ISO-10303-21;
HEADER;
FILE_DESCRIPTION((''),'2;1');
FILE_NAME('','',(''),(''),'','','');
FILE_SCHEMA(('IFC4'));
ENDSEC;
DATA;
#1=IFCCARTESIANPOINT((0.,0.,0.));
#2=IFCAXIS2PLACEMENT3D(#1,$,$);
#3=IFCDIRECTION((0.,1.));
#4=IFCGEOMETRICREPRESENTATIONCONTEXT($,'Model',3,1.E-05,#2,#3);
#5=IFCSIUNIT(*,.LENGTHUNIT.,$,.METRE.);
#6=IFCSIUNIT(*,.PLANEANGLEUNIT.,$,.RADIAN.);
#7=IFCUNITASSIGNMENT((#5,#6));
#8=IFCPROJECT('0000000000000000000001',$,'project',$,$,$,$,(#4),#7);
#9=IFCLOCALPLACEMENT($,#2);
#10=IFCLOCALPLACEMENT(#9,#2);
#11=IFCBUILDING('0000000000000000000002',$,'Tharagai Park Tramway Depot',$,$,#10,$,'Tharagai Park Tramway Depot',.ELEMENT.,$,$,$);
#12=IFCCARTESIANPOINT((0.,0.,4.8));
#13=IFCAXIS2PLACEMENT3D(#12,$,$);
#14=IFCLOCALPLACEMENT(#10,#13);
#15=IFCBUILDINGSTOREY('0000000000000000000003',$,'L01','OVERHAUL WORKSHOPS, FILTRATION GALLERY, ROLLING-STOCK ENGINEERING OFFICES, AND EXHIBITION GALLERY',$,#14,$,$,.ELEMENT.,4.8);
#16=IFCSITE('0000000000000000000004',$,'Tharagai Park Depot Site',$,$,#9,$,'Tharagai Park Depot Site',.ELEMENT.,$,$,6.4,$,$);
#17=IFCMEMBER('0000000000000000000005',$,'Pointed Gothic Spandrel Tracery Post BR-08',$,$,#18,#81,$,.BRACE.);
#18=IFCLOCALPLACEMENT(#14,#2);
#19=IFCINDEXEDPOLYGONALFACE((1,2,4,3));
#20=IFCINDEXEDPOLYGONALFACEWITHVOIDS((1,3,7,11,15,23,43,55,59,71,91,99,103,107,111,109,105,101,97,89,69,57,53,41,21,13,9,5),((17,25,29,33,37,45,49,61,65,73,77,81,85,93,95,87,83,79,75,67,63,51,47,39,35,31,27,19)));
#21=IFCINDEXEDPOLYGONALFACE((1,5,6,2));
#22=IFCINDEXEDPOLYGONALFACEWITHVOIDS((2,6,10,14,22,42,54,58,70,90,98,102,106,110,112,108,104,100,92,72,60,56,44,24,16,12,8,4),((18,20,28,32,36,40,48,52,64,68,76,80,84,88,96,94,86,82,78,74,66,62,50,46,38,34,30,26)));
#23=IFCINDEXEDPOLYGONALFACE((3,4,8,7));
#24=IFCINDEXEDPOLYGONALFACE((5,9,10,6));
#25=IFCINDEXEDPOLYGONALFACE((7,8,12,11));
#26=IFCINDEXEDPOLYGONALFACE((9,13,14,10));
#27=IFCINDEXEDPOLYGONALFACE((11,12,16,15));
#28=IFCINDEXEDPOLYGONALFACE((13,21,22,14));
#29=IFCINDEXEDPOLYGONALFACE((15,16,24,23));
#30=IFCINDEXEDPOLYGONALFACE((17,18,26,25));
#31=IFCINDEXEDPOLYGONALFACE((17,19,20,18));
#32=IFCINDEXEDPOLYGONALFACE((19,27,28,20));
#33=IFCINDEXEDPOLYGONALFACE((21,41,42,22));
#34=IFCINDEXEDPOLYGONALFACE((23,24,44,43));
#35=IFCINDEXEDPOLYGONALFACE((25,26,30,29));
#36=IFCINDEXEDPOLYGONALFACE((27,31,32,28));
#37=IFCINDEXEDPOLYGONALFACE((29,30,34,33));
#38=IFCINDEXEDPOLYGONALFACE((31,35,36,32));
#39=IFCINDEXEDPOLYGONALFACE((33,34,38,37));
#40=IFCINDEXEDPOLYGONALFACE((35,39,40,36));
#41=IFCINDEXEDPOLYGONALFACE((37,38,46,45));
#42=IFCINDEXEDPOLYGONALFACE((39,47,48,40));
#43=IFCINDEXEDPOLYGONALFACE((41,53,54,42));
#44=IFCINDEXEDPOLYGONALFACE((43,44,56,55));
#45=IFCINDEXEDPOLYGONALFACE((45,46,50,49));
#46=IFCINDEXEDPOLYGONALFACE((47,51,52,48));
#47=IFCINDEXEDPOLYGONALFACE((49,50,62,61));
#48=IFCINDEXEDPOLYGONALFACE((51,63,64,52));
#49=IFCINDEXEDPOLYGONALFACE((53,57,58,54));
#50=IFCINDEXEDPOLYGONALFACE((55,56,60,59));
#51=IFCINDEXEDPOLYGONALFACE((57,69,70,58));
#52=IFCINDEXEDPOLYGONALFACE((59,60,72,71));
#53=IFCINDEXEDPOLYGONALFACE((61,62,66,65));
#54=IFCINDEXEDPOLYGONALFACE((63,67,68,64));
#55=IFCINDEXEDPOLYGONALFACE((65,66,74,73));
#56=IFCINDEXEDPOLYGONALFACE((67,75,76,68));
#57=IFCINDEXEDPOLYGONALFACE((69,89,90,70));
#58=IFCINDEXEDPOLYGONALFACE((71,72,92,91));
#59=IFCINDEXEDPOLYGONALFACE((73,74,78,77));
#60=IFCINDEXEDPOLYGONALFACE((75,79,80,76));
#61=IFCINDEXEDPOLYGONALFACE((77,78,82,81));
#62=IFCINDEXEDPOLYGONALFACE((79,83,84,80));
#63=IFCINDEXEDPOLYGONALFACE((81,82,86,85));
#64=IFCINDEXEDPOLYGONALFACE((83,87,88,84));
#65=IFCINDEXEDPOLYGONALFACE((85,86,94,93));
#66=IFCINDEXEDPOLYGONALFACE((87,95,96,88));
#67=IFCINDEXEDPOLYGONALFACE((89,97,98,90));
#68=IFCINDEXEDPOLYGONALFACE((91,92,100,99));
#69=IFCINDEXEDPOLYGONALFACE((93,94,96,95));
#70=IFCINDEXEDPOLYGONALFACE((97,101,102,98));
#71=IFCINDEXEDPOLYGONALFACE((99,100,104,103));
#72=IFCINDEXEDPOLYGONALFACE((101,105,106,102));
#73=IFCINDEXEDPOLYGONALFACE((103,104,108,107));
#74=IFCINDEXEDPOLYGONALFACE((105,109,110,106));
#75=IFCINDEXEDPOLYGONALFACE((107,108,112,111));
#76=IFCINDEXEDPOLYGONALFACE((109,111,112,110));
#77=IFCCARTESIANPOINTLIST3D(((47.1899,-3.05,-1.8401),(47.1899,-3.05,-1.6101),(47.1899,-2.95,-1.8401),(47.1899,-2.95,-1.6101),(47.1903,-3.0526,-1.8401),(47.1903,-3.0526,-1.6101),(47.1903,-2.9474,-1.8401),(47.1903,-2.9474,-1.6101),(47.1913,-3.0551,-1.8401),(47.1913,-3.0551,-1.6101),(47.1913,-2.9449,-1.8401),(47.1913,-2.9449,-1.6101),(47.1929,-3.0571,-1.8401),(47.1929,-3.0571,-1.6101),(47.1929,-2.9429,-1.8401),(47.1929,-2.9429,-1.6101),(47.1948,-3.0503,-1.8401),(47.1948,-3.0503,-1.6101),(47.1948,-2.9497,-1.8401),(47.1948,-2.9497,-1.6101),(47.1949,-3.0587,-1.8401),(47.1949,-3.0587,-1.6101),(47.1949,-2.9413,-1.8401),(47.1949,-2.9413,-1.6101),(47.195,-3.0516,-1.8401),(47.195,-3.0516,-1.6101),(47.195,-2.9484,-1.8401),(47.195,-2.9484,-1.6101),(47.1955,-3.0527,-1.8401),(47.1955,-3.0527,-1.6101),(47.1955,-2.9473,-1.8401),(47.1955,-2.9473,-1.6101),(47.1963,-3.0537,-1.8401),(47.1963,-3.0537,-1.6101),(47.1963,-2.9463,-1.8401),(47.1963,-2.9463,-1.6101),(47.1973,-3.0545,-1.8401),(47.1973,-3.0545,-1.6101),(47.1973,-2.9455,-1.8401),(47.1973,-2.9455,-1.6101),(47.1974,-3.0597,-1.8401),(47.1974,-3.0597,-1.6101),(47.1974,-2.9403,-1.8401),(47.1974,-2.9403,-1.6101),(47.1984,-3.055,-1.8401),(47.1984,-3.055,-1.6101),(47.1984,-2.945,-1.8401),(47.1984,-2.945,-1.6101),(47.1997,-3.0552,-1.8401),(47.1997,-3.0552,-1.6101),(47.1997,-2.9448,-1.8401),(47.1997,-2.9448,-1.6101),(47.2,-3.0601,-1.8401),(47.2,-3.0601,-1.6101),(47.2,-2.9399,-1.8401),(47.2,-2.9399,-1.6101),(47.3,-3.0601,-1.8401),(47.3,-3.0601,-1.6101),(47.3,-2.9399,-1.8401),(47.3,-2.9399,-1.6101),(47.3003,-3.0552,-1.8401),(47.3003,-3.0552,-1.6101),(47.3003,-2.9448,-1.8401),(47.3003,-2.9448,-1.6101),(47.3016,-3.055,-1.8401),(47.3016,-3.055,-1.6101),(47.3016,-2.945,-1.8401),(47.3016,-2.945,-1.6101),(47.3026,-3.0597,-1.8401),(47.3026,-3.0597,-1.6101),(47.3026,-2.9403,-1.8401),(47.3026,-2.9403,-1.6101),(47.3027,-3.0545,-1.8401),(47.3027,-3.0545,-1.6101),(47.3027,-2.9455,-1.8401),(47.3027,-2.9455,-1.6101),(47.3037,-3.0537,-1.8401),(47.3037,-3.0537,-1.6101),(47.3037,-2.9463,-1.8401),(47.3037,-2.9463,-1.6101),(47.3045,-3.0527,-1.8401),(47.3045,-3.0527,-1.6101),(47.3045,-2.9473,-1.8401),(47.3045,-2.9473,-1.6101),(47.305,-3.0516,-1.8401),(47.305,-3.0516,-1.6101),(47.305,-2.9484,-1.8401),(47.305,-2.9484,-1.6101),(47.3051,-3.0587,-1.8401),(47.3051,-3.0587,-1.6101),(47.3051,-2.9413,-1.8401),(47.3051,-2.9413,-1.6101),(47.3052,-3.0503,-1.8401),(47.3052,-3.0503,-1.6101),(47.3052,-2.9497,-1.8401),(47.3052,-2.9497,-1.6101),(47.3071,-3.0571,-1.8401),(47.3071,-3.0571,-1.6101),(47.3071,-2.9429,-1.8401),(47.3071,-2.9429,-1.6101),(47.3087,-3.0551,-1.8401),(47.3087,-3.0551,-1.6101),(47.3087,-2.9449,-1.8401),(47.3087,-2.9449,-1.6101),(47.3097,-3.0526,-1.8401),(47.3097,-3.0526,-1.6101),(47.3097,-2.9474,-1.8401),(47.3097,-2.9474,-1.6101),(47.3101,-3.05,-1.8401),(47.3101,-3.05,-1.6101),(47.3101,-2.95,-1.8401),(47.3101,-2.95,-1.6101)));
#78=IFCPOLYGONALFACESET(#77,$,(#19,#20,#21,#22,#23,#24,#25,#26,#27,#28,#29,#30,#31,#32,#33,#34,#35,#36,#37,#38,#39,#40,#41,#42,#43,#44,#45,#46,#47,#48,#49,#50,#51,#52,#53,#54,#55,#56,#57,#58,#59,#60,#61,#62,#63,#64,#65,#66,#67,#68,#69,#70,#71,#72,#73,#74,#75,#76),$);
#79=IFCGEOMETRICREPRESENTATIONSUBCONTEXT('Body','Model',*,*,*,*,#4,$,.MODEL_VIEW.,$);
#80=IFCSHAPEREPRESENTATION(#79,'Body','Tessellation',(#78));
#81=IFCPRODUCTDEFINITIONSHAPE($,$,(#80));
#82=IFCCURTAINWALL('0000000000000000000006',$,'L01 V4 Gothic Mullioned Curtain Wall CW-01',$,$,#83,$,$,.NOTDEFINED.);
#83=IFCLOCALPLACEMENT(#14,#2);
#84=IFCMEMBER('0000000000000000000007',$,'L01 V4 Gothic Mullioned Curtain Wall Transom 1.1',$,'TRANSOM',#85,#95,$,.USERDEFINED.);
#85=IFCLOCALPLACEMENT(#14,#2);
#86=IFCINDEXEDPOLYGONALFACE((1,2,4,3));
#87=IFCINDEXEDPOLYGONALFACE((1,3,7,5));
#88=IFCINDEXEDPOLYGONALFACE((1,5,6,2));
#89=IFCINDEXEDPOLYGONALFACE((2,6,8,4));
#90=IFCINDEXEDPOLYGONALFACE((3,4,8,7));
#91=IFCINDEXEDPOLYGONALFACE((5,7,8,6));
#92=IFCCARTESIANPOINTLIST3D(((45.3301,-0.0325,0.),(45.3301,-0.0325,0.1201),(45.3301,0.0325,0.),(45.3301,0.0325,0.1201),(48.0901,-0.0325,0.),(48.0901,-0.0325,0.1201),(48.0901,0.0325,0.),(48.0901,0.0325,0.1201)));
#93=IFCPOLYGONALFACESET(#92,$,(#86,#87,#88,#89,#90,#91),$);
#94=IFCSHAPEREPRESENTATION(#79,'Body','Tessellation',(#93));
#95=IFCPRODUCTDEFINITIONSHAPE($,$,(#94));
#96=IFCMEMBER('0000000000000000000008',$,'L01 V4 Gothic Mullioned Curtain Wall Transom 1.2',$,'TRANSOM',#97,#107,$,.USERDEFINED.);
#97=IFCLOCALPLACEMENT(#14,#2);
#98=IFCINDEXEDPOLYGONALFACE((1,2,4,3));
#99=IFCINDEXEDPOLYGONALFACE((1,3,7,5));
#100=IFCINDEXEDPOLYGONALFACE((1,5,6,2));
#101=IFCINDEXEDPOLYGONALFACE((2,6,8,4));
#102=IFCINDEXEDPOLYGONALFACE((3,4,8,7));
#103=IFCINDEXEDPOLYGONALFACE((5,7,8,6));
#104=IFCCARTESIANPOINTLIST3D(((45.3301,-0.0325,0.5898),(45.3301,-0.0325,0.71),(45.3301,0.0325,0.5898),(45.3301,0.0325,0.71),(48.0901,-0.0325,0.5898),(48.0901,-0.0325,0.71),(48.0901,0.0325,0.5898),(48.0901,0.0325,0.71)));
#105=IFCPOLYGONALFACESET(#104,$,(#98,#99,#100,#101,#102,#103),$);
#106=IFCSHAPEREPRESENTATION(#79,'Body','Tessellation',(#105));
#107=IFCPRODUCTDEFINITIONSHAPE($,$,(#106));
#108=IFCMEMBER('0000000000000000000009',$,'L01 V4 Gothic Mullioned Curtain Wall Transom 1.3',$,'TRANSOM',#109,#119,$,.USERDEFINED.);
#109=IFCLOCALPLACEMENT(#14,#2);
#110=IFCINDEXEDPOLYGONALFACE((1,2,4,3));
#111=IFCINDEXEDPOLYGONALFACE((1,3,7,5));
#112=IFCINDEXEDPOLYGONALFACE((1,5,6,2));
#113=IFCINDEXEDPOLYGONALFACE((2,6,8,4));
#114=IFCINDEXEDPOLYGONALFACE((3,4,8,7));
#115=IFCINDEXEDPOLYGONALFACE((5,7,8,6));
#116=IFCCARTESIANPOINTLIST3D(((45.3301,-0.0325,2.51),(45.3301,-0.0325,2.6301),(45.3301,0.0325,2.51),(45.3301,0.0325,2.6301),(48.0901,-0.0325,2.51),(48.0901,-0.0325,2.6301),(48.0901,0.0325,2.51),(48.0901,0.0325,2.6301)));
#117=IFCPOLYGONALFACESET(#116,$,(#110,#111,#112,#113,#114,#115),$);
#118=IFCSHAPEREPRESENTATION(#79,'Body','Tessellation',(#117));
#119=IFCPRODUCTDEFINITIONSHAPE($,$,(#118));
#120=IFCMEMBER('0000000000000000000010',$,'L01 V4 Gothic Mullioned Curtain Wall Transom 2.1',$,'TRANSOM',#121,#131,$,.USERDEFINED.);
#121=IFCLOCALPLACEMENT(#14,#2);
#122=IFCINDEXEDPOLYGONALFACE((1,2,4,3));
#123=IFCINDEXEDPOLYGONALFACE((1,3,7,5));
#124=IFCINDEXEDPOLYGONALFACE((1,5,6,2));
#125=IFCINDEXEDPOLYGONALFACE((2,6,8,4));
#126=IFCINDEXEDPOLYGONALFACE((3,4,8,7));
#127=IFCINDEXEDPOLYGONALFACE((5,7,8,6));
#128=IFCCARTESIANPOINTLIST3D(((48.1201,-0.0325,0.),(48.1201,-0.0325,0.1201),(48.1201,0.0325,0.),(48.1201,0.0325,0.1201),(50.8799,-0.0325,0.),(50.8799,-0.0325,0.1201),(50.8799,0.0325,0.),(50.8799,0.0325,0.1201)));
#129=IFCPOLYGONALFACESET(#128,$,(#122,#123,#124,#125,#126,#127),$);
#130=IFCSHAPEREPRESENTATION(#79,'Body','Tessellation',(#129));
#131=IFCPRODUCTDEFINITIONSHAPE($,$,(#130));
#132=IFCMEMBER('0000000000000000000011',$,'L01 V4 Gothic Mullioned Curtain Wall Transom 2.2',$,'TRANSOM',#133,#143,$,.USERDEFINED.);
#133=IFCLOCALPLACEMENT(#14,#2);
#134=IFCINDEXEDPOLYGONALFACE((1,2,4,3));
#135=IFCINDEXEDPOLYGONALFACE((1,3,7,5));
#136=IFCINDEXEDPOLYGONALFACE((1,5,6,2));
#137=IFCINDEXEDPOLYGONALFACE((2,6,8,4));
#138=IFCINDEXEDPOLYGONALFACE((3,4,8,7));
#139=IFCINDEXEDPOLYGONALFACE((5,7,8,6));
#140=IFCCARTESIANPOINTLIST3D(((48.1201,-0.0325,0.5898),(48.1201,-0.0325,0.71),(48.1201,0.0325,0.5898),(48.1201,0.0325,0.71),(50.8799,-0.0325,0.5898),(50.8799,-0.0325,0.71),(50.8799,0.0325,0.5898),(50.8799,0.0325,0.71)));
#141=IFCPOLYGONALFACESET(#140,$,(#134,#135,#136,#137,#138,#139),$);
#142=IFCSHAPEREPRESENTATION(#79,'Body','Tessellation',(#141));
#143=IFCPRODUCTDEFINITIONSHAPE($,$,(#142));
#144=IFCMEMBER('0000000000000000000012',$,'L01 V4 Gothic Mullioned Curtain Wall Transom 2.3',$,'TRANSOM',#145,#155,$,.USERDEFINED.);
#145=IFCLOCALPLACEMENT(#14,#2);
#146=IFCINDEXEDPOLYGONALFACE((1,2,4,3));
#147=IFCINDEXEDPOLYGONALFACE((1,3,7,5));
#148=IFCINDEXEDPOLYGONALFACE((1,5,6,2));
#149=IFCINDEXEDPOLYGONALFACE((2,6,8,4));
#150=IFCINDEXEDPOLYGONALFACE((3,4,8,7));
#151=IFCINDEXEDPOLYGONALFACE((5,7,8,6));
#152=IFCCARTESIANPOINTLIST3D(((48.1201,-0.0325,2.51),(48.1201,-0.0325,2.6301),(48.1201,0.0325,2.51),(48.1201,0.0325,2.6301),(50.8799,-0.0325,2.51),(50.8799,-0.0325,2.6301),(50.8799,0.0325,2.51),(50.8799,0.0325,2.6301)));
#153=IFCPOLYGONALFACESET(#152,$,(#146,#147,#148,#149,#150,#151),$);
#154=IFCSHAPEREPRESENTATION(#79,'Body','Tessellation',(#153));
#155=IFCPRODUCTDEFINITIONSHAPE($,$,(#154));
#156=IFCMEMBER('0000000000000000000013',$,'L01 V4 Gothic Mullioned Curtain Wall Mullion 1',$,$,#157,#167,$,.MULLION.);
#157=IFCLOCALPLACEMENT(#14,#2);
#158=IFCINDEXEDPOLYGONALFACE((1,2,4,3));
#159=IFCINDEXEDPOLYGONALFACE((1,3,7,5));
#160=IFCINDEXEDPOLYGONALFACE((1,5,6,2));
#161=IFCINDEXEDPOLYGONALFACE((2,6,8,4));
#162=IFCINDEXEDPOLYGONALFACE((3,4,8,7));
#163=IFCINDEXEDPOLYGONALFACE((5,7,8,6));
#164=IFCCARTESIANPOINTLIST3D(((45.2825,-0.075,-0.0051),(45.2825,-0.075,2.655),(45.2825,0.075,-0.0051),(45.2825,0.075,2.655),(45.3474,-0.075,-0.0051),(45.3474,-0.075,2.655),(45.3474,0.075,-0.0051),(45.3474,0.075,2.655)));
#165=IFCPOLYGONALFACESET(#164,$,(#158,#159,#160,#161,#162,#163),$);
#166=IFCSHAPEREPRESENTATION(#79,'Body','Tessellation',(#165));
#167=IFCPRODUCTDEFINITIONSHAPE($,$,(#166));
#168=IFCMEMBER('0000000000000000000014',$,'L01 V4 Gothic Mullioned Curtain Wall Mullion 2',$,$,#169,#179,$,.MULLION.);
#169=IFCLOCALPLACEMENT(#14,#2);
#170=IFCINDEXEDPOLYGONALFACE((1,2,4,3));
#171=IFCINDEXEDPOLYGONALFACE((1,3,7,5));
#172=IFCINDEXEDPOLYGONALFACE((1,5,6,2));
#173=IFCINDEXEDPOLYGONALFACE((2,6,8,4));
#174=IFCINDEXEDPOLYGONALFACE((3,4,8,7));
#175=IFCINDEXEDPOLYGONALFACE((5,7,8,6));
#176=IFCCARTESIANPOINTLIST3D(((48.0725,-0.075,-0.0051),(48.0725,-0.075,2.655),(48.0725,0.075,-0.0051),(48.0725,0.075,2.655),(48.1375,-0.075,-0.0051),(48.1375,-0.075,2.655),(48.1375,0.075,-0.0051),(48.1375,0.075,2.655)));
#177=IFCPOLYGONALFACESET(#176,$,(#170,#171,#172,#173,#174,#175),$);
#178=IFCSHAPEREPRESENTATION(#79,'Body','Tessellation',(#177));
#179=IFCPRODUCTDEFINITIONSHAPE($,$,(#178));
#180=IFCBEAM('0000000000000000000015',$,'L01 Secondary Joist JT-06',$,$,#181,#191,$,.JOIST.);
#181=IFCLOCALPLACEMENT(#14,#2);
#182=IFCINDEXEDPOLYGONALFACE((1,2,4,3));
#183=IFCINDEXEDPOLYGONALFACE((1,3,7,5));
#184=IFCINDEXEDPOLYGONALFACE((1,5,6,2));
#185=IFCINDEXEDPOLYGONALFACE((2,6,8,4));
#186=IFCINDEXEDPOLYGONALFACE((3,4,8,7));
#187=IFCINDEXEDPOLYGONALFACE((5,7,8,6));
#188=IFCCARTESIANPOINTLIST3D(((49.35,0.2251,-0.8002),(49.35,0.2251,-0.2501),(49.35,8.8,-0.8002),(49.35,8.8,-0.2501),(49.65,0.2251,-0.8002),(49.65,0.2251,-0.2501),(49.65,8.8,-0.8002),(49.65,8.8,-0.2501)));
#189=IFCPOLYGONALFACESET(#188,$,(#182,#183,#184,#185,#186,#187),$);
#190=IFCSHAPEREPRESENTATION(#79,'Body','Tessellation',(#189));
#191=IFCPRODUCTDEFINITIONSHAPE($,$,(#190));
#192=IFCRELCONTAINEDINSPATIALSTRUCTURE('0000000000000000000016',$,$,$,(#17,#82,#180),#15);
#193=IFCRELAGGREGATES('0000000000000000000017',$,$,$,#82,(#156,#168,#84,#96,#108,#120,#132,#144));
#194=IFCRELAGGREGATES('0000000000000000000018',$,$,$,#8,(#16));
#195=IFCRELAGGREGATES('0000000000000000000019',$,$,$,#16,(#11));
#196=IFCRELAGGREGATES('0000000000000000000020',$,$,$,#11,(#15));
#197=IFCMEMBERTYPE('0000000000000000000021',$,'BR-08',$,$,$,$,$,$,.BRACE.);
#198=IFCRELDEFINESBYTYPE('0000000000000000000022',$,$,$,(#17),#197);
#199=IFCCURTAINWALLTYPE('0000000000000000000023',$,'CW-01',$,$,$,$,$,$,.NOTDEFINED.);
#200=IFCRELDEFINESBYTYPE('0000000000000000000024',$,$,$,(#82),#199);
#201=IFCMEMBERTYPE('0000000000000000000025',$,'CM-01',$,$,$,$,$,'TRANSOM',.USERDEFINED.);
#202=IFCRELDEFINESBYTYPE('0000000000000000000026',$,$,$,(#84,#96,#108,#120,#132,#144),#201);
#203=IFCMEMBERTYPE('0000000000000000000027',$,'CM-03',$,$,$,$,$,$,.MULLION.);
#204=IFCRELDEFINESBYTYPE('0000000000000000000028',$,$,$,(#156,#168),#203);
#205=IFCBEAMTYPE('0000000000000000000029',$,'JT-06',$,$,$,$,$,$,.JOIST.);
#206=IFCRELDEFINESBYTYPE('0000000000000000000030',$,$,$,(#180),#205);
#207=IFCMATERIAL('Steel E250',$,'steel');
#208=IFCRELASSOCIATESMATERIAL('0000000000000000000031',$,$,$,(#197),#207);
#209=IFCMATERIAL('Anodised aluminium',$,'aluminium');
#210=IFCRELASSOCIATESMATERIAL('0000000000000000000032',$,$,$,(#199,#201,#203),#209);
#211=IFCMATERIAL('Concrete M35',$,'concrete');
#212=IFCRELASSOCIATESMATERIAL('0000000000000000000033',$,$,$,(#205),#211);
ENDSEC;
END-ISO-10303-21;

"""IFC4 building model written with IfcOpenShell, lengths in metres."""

from ifc_helpers import new_model, si_unit, direction, frame, origin, origin_2d, place, context, subcontext, project, spatial, rectangle, hollow_rectangle, extrude, material, material_profile, profile_set, type_object, element, aggregate, save


model = new_model("IFC4")

# Units and contexts
model_context = context("Model", 3, precision=1e-05, world=origin(), true_north=direction((0.0, 1.0)))
body_context = subcontext(model_context, "Body", "Model", "MODEL_VIEW")
ifc_project = project(units=[si_unit("LENGTHUNIT", "METRE"), si_unit("PLANEANGLEUNIT", "RADIAN")], contexts=[model_context])

# Site, building, storey
site_placement = place(None, origin())
site = spatial("IfcSite", under=ifc_project, at=site_placement, Name="Tharagai Park Depot Site", LongName="Tharagai Park Depot Site", CompositionType="ELEMENT", RefElevation=6.4)
building_placement = place(site_placement, origin())
building = spatial("IfcBuilding", under=site, at=building_placement, Name="Tharagai Park Tramway Depot", LongName="Tharagai Park Tramway Depot", CompositionType="ELEMENT")
storey_placement = place(building_placement, frame((0.0, 0.0, 4.8)))
storey = spatial("IfcBuildingStorey", under=building, at=storey_placement, Name="L01", Description="OVERHAUL WORKSHOPS, FILTRATION GALLERY, ROLLING-STOCK ENGINEERING OFFICES, AND EXHIBITION GALLERY", CompositionType="ELEMENT", Elevation=4.8)

# Shared definitions
ifc_material_1 = material(Name="Concrete M35", Category="concrete")

# Member
ifc_material_2 = material(Name="Steel E250", Category="steel")
ifc_material_profile_1 = material_profile(ifc_material_2, hollow_rectangle(XDim=0.1201, YDim=0.1201, WallThickness=0.0049, InnerFilletRadius=0.0049, OuterFilletRadius=0.01, at=origin_2d()), Name="SHS 120x120x5")
ifc_profile_set_1 = profile_set([ifc_material_profile_1], Name="Steel E250")
member_type_1 = type_object("IfcMemberType", Name="BR-08", PredefinedType="BRACE", material=ifc_profile_set_1)
for number, where, z_axis, x_axis, name in (
    (1, (47.25, -3.0, -1.8401), (0.0, 0.0, 1.0), (1.0, 0.0, 0.0), "Pointed Gothic Spandrel Tracery Post BR-08"),
):
    element("IfcMember", number, at=place(storey_placement, frame(where, z_axis=z_axis, x_axis=x_axis)), inside=storey, type_object=member_type_1, Name=name, PredefinedType="BRACE", context=body_context, shape_type="SweptSolid", body=[
        extrude(hollow_rectangle(XDim=0.1201, YDim=0.1201, WallThickness=0.0049, InnerFilletRadius=0.0049, OuterFilletRadius=0.01, at=origin_2d()), origin(), (0.0, 0.0, 1.0), 0.23),
    ])

# Curtain wall, members
ifc_material_3 = material(Name="Anodised aluminium", Category="aluminium")
curtain_wall_type = type_object("IfcCurtainWallType", Name="CW-01", PredefinedType="NOTDEFINED", material=ifc_material_3)
curtain_wall_placement = place(storey_placement, origin())
curtain_wall = element("IfcCurtainWall", 2, at=curtain_wall_placement, inside=storey, type_object=curtain_wall_type, Name="L01 V4 Gothic Mullioned Curtain Wall CW-01", PredefinedType="NOTDEFINED")
ifc_material_profile_2 = material_profile(ifc_material_3, rectangle(XDim=0.0649, YDim=0.1201, at=origin_2d()), Name="ALU 65x120")
ifc_profile_set_2 = profile_set([ifc_material_profile_2], Name="Anodised aluminium")
member_type_2 = type_object("IfcMemberType", Name="CM-01", ElementType="TRANSOM", PredefinedType="USERDEFINED", material=ifc_profile_set_2)
member_1_placement = place(storey_placement, frame((45.3301, 0.0, 0.0601), z_axis=(1.0, 0.0, 0.0), x_axis=(0.0, 1.0, 0.0)))
member_1 = element("IfcMember", 3, at=member_1_placement, type_object=member_type_2, Name="L01 V4 Gothic Mullioned Curtain Wall Transom 1.1", ObjectType="TRANSOM", PredefinedType="USERDEFINED", context=body_context, shape_type="SweptSolid", body=[
    extrude(rectangle(XDim=0.0649, YDim=0.1201, at=origin_2d()), origin(), (0.0, 0.0, 1.0), 2.76),
])
member_2_placement = place(storey_placement, frame((45.3301, 0.0, 0.6499), z_axis=(1.0, 0.0, 0.0), x_axis=(0.0, 1.0, 0.0)))
member_2 = element("IfcMember", 4, at=member_2_placement, type_object=member_type_2, Name="L01 V4 Gothic Mullioned Curtain Wall Transom 1.2", ObjectType="TRANSOM", PredefinedType="USERDEFINED", context=body_context, shape_type="SweptSolid", body=[
    extrude(rectangle(XDim=0.0649, YDim=0.1201, at=origin_2d()), origin(), (0.0, 0.0, 1.0), 2.76),
])
member_3_placement = place(storey_placement, frame((45.3301, 0.0, 2.5701), z_axis=(1.0, 0.0, 0.0), x_axis=(0.0, 1.0, 0.0)))
member_3 = element("IfcMember", 5, at=member_3_placement, type_object=member_type_2, Name="L01 V4 Gothic Mullioned Curtain Wall Transom 1.3", ObjectType="TRANSOM", PredefinedType="USERDEFINED", context=body_context, shape_type="SweptSolid", body=[
    extrude(rectangle(XDim=0.0649, YDim=0.1201, at=origin_2d()), origin(), (0.0, 0.0, 1.0), 2.76),
])
member_4_placement = place(storey_placement, frame((48.1201, 0.0, 0.0601), z_axis=(1.0, 0.0, 0.0), x_axis=(0.0, 1.0, 0.0)))
member_4 = element("IfcMember", 6, at=member_4_placement, type_object=member_type_2, Name="L01 V4 Gothic Mullioned Curtain Wall Transom 2.1", ObjectType="TRANSOM", PredefinedType="USERDEFINED", context=body_context, shape_type="SweptSolid", body=[
    extrude(rectangle(XDim=0.0649, YDim=0.1201, at=origin_2d()), origin(), (0.0, 0.0, 1.0), 2.7598),
])
member_5_placement = place(storey_placement, frame((48.1201, 0.0, 0.6499), z_axis=(1.0, 0.0, 0.0), x_axis=(0.0, 1.0, 0.0)))
member_5 = element("IfcMember", 7, at=member_5_placement, type_object=member_type_2, Name="L01 V4 Gothic Mullioned Curtain Wall Transom 2.2", ObjectType="TRANSOM", PredefinedType="USERDEFINED", context=body_context, shape_type="SweptSolid", body=[
    extrude(rectangle(XDim=0.0649, YDim=0.1201, at=origin_2d()), origin(), (0.0, 0.0, 1.0), 2.7598),
])
member_6_placement = place(storey_placement, frame((48.1201, 0.0, 2.5701), z_axis=(1.0, 0.0, 0.0), x_axis=(0.0, 1.0, 0.0)))
member_6 = element("IfcMember", 8, at=member_6_placement, type_object=member_type_2, Name="L01 V4 Gothic Mullioned Curtain Wall Transom 2.3", ObjectType="TRANSOM", PredefinedType="USERDEFINED", context=body_context, shape_type="SweptSolid", body=[
    extrude(rectangle(XDim=0.0649, YDim=0.1201, at=origin_2d()), origin(), (0.0, 0.0, 1.0), 2.7598),
])
ifc_material_profile_3 = material_profile(ifc_material_3, rectangle(XDim=0.0649, YDim=0.1499, at=origin_2d()), Name="ALU 65x150")
ifc_profile_set_3 = profile_set([ifc_material_profile_3], Name="Anodised aluminium")
member_type_3 = type_object("IfcMemberType", Name="CM-03", PredefinedType="MULLION", material=ifc_profile_set_3)
member_7_placement = place(storey_placement, frame((45.3149, 0.0, -0.0051), z_axis=(0.0, 0.0, 1.0), x_axis=(1.0, 0.0, 0.0)))
member_7 = element("IfcMember", 9, at=member_7_placement, type_object=member_type_3, Name="L01 V4 Gothic Mullioned Curtain Wall Mullion 1", PredefinedType="MULLION", context=body_context, shape_type="SweptSolid", body=[
    extrude(rectangle(XDim=0.0649, YDim=0.1499, at=origin_2d()), origin(), (0.0, 0.0, 1.0), 2.6602),
])
member_8_placement = place(storey_placement, frame((48.105, 0.0, -0.0051), z_axis=(0.0, 0.0, 1.0), x_axis=(1.0, 0.0, 0.0)))
member_8 = element("IfcMember", 10, at=member_8_placement, type_object=member_type_3, Name="L01 V4 Gothic Mullioned Curtain Wall Mullion 2", PredefinedType="MULLION", context=body_context, shape_type="SweptSolid", body=[
    extrude(rectangle(XDim=0.0649, YDim=0.1499, at=origin_2d()), origin(), (0.0, 0.0, 1.0), 2.6602),
])

# Beam
ifc_material_profile_4 = material_profile(ifc_material_1, rectangle(XDim=0.3, YDim=0.55, at=origin_2d()), Name="RC 300x550")
ifc_profile_set_4 = profile_set([ifc_material_profile_4], Name="Concrete M35")
beam_type_1 = type_object("IfcBeamType", Name="JT-06", PredefinedType="JOIST", material=ifc_profile_set_4)
beam_1_placement = place(storey_placement, frame((49.5, 0.2251, -0.5251), z_axis=(0.0, 1.0, 0.0), x_axis=(-1.0, 0.0, 0.0)))
element("IfcBeam", 11, at=beam_1_placement, inside=storey, type_object=beam_type_1, Name="L01 Secondary Joist JT-06", PredefinedType="JOIST", context=body_context, shape_type="SweptSolid", body=[
    extrude(rectangle(XDim=0.3, YDim=0.55, at=origin_2d()), origin(), (0.0, 0.0, 1.0), 8.575),
])

aggregate(curtain_wall, [member_7, member_8, member_1, member_2, member_3, member_4, member_5, member_6])

save(model, "model.ifc")
